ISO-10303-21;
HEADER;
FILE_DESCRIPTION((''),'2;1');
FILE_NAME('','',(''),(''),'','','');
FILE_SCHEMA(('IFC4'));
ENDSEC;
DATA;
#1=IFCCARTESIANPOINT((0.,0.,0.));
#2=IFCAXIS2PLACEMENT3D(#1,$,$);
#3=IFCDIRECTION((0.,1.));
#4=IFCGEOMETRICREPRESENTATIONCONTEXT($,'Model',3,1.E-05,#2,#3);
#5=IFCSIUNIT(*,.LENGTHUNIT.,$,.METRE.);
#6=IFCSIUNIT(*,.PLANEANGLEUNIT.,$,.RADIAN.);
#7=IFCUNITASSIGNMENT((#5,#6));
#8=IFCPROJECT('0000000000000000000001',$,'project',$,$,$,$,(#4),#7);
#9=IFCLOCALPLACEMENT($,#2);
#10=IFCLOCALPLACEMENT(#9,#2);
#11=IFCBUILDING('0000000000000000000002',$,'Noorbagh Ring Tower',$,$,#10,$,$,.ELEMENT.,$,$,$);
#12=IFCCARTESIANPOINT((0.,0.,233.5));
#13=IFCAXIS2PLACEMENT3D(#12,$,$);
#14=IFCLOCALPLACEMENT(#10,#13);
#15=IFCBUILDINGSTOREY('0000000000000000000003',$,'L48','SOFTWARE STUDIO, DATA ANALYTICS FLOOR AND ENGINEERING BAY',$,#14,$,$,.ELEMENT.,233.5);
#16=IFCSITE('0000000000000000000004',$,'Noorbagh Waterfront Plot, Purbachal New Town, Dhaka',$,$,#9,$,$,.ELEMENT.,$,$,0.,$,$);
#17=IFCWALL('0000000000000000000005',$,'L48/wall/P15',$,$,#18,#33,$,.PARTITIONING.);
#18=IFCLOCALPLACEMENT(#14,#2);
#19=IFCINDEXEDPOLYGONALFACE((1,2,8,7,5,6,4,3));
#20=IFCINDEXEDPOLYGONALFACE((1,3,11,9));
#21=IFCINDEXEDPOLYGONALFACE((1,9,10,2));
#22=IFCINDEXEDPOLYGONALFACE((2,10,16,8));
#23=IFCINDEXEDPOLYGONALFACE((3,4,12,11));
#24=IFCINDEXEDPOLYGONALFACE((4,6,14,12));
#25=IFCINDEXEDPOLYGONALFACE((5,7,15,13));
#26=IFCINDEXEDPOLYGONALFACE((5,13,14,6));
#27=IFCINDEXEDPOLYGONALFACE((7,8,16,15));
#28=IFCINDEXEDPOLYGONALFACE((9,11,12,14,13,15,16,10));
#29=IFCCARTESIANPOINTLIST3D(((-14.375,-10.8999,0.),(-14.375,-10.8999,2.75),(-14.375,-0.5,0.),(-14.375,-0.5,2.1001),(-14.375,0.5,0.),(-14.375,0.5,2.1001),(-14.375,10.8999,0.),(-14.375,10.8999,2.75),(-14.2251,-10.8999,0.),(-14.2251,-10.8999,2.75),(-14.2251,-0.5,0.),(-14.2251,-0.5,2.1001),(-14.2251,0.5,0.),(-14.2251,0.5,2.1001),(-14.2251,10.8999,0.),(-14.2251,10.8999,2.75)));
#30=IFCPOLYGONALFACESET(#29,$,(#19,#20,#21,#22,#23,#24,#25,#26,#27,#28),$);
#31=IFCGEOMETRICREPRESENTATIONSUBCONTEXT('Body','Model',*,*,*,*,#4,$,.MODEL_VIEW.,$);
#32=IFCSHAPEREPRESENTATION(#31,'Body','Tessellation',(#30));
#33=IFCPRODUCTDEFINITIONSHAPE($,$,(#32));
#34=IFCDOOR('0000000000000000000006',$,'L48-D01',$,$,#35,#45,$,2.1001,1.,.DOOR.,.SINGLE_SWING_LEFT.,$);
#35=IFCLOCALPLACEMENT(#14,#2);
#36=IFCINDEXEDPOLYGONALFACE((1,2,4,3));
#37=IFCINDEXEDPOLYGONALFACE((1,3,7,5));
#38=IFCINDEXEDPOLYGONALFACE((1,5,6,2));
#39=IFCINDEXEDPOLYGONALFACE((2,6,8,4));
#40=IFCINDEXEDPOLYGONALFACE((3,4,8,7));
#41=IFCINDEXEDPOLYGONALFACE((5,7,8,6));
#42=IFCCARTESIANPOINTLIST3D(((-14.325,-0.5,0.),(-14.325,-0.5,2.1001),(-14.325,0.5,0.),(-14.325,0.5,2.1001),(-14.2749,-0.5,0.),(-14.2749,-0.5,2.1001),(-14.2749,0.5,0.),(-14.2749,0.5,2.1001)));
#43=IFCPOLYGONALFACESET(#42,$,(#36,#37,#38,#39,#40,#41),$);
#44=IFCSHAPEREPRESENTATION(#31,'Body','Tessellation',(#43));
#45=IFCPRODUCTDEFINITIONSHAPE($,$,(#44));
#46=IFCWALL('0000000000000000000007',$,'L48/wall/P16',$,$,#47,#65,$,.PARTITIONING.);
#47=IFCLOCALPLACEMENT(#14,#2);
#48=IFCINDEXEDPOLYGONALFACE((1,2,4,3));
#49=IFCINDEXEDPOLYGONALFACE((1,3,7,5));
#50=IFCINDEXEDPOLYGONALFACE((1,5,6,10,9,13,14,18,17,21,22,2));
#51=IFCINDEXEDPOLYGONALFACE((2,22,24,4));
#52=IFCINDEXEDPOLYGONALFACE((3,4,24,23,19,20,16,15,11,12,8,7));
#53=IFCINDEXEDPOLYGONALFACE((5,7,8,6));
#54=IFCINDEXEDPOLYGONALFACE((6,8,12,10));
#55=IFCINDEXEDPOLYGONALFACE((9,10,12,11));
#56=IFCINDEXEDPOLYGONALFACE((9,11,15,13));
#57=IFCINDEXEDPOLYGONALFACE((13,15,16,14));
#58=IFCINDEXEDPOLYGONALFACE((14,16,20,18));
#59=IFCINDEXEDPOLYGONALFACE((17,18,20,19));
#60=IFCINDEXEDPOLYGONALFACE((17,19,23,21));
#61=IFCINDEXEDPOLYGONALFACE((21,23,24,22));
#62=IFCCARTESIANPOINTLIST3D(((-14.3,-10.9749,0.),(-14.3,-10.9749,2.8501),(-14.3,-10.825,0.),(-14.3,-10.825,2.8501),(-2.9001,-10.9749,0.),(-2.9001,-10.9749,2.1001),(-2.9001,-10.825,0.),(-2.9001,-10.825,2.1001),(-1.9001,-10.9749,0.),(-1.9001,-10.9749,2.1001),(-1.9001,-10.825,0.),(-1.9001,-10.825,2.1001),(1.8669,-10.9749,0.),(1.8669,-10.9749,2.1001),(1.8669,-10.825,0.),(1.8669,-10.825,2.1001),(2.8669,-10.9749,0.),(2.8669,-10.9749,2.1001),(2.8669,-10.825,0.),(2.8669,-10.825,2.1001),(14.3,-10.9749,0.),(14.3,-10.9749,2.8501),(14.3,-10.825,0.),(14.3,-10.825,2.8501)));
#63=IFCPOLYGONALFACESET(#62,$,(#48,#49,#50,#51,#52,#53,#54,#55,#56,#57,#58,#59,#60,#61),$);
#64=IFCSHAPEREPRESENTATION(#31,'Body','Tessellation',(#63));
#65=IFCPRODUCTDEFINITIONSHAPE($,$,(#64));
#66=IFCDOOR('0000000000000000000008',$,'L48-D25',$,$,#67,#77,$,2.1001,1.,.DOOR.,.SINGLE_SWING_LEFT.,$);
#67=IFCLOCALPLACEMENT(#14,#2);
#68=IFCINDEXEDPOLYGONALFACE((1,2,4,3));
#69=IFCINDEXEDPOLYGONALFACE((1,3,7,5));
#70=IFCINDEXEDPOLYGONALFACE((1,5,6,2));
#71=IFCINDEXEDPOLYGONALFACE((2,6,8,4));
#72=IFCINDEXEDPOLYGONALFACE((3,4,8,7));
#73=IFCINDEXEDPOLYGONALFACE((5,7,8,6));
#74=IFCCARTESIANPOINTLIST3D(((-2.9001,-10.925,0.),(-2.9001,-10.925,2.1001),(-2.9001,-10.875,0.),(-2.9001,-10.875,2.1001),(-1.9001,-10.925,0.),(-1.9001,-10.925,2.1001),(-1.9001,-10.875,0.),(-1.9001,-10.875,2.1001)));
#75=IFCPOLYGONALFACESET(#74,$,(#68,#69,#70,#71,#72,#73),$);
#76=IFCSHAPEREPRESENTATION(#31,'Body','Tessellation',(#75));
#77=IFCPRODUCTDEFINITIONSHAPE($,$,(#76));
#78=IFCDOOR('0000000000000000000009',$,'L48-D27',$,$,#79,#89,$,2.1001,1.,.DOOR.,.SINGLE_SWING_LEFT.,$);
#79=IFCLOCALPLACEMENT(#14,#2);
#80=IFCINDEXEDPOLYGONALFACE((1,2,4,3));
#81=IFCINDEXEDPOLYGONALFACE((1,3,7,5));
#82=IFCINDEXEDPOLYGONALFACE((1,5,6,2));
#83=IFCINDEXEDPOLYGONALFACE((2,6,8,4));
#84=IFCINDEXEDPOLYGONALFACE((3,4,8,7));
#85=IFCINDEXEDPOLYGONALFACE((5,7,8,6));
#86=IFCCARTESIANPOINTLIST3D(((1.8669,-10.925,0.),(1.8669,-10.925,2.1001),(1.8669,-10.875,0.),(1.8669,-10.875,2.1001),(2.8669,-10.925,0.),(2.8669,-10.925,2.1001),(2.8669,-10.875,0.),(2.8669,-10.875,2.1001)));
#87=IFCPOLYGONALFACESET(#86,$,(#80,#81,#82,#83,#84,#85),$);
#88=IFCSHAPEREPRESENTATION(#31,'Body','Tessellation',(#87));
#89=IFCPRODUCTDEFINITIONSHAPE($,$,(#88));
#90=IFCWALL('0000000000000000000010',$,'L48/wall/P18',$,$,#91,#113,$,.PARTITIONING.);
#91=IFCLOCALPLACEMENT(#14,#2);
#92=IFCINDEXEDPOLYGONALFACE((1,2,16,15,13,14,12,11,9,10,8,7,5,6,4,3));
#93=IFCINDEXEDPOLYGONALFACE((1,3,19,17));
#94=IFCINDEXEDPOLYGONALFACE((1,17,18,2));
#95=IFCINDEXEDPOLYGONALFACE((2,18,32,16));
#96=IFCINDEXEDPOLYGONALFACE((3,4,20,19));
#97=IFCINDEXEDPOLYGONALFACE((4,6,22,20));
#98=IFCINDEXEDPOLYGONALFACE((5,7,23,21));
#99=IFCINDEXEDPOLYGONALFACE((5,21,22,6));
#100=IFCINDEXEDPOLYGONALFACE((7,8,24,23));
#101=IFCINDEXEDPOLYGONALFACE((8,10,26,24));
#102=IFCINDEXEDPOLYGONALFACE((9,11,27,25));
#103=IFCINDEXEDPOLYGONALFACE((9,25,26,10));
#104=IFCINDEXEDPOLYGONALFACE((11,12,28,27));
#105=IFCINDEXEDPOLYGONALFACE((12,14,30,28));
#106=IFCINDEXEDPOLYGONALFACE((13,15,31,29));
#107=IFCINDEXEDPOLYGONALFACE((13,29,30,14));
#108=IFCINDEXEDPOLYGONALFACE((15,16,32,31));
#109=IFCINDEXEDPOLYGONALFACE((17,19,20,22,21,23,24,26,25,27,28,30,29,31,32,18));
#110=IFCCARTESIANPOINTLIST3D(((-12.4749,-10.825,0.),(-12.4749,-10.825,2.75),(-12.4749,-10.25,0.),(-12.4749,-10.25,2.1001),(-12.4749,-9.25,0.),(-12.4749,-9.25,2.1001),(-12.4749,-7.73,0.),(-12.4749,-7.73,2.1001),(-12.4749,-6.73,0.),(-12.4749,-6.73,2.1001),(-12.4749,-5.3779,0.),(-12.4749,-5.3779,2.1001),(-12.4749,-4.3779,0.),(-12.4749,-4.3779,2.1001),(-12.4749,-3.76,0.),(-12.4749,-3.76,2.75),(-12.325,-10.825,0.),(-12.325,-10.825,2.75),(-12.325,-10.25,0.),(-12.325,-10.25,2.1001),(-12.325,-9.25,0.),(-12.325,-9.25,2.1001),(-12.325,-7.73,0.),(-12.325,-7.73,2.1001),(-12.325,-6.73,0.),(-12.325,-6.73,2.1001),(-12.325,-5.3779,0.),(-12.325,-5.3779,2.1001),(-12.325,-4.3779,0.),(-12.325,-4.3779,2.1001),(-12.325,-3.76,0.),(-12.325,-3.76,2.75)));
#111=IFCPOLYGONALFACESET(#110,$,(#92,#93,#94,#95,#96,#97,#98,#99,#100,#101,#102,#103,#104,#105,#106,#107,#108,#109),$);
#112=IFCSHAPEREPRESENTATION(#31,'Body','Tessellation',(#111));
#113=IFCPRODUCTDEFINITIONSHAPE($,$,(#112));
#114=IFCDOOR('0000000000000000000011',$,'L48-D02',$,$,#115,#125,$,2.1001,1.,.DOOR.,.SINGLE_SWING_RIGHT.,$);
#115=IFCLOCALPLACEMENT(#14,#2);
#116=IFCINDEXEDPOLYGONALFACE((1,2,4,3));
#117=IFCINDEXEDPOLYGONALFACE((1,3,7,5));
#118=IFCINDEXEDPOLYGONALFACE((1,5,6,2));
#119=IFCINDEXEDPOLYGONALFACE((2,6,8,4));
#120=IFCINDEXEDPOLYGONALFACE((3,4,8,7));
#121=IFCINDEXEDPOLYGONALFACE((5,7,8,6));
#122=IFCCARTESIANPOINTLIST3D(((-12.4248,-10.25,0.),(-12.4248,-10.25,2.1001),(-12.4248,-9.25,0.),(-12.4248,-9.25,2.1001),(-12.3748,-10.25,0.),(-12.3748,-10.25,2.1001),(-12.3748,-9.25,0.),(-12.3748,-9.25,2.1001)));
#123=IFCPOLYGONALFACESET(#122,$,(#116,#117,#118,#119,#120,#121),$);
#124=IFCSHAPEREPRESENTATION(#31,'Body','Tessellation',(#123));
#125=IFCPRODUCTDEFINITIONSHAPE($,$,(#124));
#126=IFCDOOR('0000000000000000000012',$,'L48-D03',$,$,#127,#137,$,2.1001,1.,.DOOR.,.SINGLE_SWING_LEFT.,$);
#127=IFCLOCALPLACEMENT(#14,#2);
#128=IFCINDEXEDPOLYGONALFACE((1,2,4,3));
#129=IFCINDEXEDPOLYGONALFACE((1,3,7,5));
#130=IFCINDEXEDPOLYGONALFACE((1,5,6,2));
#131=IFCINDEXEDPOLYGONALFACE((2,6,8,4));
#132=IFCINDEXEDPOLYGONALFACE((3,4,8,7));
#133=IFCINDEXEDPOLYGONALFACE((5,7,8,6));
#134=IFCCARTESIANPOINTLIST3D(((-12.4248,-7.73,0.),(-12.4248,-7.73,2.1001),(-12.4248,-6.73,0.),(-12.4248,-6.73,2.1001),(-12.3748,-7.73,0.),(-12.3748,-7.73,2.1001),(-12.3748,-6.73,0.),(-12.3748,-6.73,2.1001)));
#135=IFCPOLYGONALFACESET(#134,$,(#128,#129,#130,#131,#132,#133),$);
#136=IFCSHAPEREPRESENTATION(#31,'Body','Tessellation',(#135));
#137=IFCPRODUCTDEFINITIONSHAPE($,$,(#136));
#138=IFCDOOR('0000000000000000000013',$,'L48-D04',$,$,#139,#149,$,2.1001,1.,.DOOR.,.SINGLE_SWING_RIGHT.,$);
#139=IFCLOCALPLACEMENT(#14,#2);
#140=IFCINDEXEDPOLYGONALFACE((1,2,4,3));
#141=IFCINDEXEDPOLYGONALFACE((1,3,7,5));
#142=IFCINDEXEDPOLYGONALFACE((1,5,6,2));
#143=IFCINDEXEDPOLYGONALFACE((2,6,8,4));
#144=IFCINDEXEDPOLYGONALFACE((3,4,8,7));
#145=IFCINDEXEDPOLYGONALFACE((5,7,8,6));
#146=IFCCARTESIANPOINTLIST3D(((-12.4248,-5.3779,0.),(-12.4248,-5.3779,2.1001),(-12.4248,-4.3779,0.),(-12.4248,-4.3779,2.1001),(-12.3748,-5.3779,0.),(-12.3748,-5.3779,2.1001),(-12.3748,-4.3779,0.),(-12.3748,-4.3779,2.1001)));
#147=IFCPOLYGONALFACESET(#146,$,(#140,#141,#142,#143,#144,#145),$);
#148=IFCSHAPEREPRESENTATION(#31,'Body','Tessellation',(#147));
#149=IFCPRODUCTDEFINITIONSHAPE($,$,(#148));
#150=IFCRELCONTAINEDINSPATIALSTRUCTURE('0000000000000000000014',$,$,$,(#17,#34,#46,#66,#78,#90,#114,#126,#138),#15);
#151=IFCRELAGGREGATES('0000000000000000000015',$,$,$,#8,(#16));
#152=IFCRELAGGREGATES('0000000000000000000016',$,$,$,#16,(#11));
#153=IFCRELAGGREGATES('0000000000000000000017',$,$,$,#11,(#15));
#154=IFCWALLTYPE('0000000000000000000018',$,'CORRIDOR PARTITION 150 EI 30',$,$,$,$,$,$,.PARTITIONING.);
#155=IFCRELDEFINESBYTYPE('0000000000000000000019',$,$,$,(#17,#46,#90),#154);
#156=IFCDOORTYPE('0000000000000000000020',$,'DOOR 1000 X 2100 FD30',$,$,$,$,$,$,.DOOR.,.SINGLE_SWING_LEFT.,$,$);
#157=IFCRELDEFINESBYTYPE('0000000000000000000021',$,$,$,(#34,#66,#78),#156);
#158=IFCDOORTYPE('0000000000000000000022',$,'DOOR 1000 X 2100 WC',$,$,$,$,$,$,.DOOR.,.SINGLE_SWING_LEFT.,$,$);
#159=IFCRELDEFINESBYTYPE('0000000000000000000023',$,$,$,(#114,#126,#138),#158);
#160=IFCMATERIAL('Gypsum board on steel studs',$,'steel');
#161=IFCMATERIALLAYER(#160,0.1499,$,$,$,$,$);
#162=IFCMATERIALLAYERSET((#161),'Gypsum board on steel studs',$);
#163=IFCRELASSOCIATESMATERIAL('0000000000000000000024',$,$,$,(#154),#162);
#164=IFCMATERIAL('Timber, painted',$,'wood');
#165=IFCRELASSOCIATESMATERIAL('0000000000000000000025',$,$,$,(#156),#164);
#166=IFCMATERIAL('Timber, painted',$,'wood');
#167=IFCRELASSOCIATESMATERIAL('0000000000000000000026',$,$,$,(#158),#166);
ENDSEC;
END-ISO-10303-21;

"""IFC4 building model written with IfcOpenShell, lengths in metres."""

from ifc_helpers import new_model, si_unit, direction, frame, frame_2d, origin, place, context, subcontext, project, spatial, rectangle, extrude, material, layer, layer_set, type_object, element, fill, save


model = new_model("IFC4")

# Units and contexts
model_context = context("Model", 3, precision=1e-05, world=origin(), true_north=direction((0.0, 1.0)))
body_context = subcontext(model_context, "Body", "Model", "MODEL_VIEW")
ifc_project = project(units=[si_unit("LENGTHUNIT", "METRE"), si_unit("PLANEANGLEUNIT", "RADIAN")], contexts=[model_context])

# Site, building, storey
site_placement = place(None, origin())
site = spatial("IfcSite", under=ifc_project, at=site_placement, Name="Noorbagh Waterfront Plot, Purbachal New Town, Dhaka", CompositionType="ELEMENT", RefElevation=0.0)
building_placement = place(site_placement, origin())
building = spatial("IfcBuilding", under=site, at=building_placement, Name="Noorbagh Ring Tower", CompositionType="ELEMENT")
storey_placement = place(building_placement, frame((0.0, 0.0, 233.5)))
storey = spatial("IfcBuildingStorey", under=building, at=storey_placement, Name="L48", Description="SOFTWARE STUDIO, DATA ANALYTICS FLOOR AND ENGINEERING BAY", CompositionType="ELEMENT", Elevation=233.5)

# Wall, opening, door
ifc_material_1 = material(Name="Gypsum board on steel studs", Category="steel")
ifc_layer_1 = layer(ifc_material_1, 0.1499)
ifc_layer_set_1 = layer_set([ifc_layer_1], Name="Gypsum board on steel studs")
wall_type_1 = type_object("IfcWallType", Name="CORRIDOR PARTITION 150 EI 30", PredefinedType="PARTITIONING", material=ifc_layer_set_1)
wall_1_placement = place(storey_placement, frame((-14.3, -10.8999, 0.0), z_axis=(0.0, 0.0, 1.0), x_axis=(0.0, 1.0, 0.0)))
wall_1 = element("IfcWall", 1, at=wall_1_placement, inside=storey, type_object=wall_type_1, Name="L48/wall/P15", PredefinedType="PARTITIONING", context=body_context, shape_type="SweptSolid", body=[
    extrude(rectangle(XDim=21.7998, YDim=0.1499, at=frame_2d((10.8999, 0.0))), origin(), (0.0, 0.0, 1.0), 2.75),
])
opening_1_placement = place(wall_1_placement, frame((10.3999, 0.0, 0.0)))
opening_1 = element("IfcOpeningElement", 2, at=opening_1_placement, cuts=wall_1, PredefinedType="OPENING", context=body_context, shape_type="SweptSolid", body=[
    extrude(rectangle(XDim=1.0, YDim=2.1001, at=frame_2d((0.5, 1.05))), frame((0.0, 0.085, 0.0), z_axis=(0.0, -1.0, 0.0), x_axis=(1.0, 0.0, 0.0)), (0.0, 0.0, 1.0), 0.1699),
])
ifc_material_2 = material(Name="Timber, painted", Category="wood")
door_type_1 = type_object("IfcDoorType", Name="DOOR 1000 X 2100 FD30", OperationType="SINGLE_SWING_LEFT", PredefinedType="DOOR", material=ifc_material_2)
door_1_placement = place(opening_1_placement, origin())
door_1 = element("IfcDoor", 3, at=door_1_placement, inside=storey, type_object=door_type_1, Name="L48-D01", OperationType="SINGLE_SWING_LEFT", OverallHeight=2.1001, OverallWidth=1.0, PredefinedType="DOOR", context=body_context, shape_type="SweptSolid", body=[
    extrude(rectangle(XDim=1.0, YDim=2.1001, at=frame_2d((0.5, 1.05))), frame((0.0, 0.0249, 0.0), z_axis=(0.0, -1.0, 0.0), x_axis=(1.0, 0.0, 0.0)), (0.0, 0.0, 1.0), 0.05),
])
fill(opening_1, door_1)

# Walls, openings, doors
wall_2_placement = place(storey_placement, frame((-14.3, -10.8999, 0.0), z_axis=(0.0, 0.0, 1.0), x_axis=(1.0, 0.0, 0.0)))
wall_2 = element("IfcWall", 4, at=wall_2_placement, inside=storey, type_object=wall_type_1, Name="L48/wall/P16", PredefinedType="PARTITIONING", context=body_context, shape_type="SweptSolid", body=[
    extrude(rectangle(XDim=28.6001, YDim=0.1499, at=frame_2d((14.3, 0.0))), origin(), (0.0, 0.0, 1.0), 2.8501),
])
opening_2_placement = place(wall_2_placement, frame((11.3999, 0.0, 0.0)))
opening_2 = element("IfcOpeningElement", 5, at=opening_2_placement, cuts=wall_2, PredefinedType="OPENING", context=body_context, shape_type="SweptSolid", body=[
    extrude(rectangle(XDim=1.0, YDim=2.1001, at=frame_2d((0.5, 1.05))), frame((0.0, 0.085, 0.0), z_axis=(0.0, -1.0, 0.0), x_axis=(1.0, 0.0, 0.0)), (0.0, 0.0, 1.0), 0.1699),
])
opening_3_placement = place(wall_2_placement, frame((16.167, 0.0, 0.0)))
opening_3 = element("IfcOpeningElement", 6, at=opening_3_placement, cuts=wall_2, PredefinedType="OPENING", context=body_context, shape_type="SweptSolid", body=[
    extrude(rectangle(XDim=1.0, YDim=2.1001, at=frame_2d((0.5, 1.05))), frame((0.0, 0.085, 0.0), z_axis=(0.0, -1.0, 0.0), x_axis=(1.0, 0.0, 0.0)), (0.0, 0.0, 1.0), 0.1699),
])
door_2_placement = place(opening_2_placement, origin())
door_2 = element("IfcDoor", 7, at=door_2_placement, inside=storey, type_object=door_type_1, Name="L48-D25", OperationType="SINGLE_SWING_LEFT", OverallHeight=2.1001, OverallWidth=1.0, PredefinedType="DOOR", context=body_context, shape_type="SweptSolid", body=[
    extrude(rectangle(XDim=1.0, YDim=2.1001, at=frame_2d((0.5, 1.05))), frame((0.0, 0.0249, 0.0), z_axis=(0.0, -1.0, 0.0), x_axis=(1.0, 0.0, 0.0)), (0.0, 0.0, 1.0), 0.05),
])
fill(opening_2, door_2)
door_3_placement = place(opening_3_placement, origin())
door_3 = element("IfcDoor", 8, at=door_3_placement, inside=storey, type_object=door_type_1, Name="L48-D27", OperationType="SINGLE_SWING_LEFT", OverallHeight=2.1001, OverallWidth=1.0, PredefinedType="DOOR", context=body_context, shape_type="SweptSolid", body=[
    extrude(rectangle(XDim=1.0, YDim=2.1001, at=frame_2d((0.5, 1.05))), frame((0.0, 0.0249, 0.0), z_axis=(0.0, -1.0, 0.0), x_axis=(1.0, 0.0, 0.0)), (0.0, 0.0, 1.0), 0.05),
])
fill(opening_3, door_3)
wall_3_placement = place(storey_placement, frame((-12.3999, -10.825, 0.0), z_axis=(0.0, 0.0, 1.0), x_axis=(0.0, 1.0, 0.0)))
wall_3 = element("IfcWall", 9, at=wall_3_placement, inside=storey, type_object=wall_type_1, Name="L48/wall/P18", PredefinedType="PARTITIONING", context=body_context, shape_type="SweptSolid", body=[
    extrude(rectangle(XDim=7.0649, YDim=0.1499, at=frame_2d((3.5325, 0.0))), origin(), (0.0, 0.0, 1.0), 2.75),
])
opening_4_placement = place(wall_3_placement, frame((0.575, 0.0, 0.0)))
opening_4 = element("IfcOpeningElement", 10, at=opening_4_placement, cuts=wall_3, PredefinedType="OPENING", context=body_context, shape_type="SweptSolid", body=[
    extrude(rectangle(XDim=1.0, YDim=2.1001, at=frame_2d((0.5, 1.05))), frame((0.0, 0.085, 0.0), z_axis=(0.0, -1.0, 0.0), x_axis=(1.0, 0.0, 0.0)), (0.0, 0.0, 1.0), 0.1699),
])
opening_5_placement = place(wall_3_placement, frame((3.095, 0.0, 0.0)))
opening_5 = element("IfcOpeningElement", 11, at=opening_5_placement, cuts=wall_3, PredefinedType="OPENING", context=body_context, shape_type="SweptSolid", body=[
    extrude(rectangle(XDim=1.0, YDim=2.1001, at=frame_2d((0.5, 1.05))), frame((0.0, 0.085, 0.0), z_axis=(0.0, -1.0, 0.0), x_axis=(1.0, 0.0, 0.0)), (0.0, 0.0, 1.0), 0.1699),
])
opening_6_placement = place(wall_3_placement, frame((5.447, 0.0, 0.0)))
opening_6 = element("IfcOpeningElement", 12, at=opening_6_placement, cuts=wall_3, PredefinedType="OPENING", context=body_context, shape_type="SweptSolid", body=[
    extrude(rectangle(XDim=1.0, YDim=2.1001, at=frame_2d((0.5, 1.05))), frame((0.0, 0.085, 0.0), z_axis=(0.0, -1.0, 0.0), x_axis=(1.0, 0.0, 0.0)), (0.0, 0.0, 1.0), 0.1699),
])
ifc_material_3 = material(Name="Timber, painted", Category="wood")
door_type_2 = type_object("IfcDoorType", Name="DOOR 1000 X 2100 WC", OperationType="SINGLE_SWING_LEFT", PredefinedType="DOOR", material=ifc_material_3)
door_4_placement = place(opening_4_placement, origin())
door_4 = element("IfcDoor", 13, at=door_4_placement, inside=storey, type_object=door_type_2, Name="L48-D02", OperationType="SINGLE_SWING_RIGHT", OverallHeight=2.1001, OverallWidth=1.0, PredefinedType="DOOR", context=body_context, shape_type="SweptSolid", body=[
    extrude(rectangle(XDim=1.0, YDim=2.1001, at=frame_2d((0.5, 1.05))), frame((0.0, 0.0249, 0.0), z_axis=(0.0, -1.0, 0.0), x_axis=(1.0, 0.0, 0.0)), (0.0, 0.0, 1.0), 0.05),
])
fill(opening_4, door_4)
door_5_placement = place(opening_5_placement, origin())
door_5 = element("IfcDoor", 14, at=door_5_placement, inside=storey, type_object=door_type_2, Name="L48-D03", OperationType="SINGLE_SWING_LEFT", OverallHeight=2.1001, OverallWidth=1.0, PredefinedType="DOOR", context=body_context, shape_type="SweptSolid", body=[
    extrude(rectangle(XDim=1.0, YDim=2.1001, at=frame_2d((0.5, 1.05))), frame((0.0, 0.0249, 0.0), z_axis=(0.0, -1.0, 0.0), x_axis=(1.0, 0.0, 0.0)), (0.0, 0.0, 1.0), 0.05),
])
fill(opening_5, door_5)
door_6_placement = place(opening_6_placement, origin())
door_6 = element("IfcDoor", 15, at=door_6_placement, inside=storey, type_object=door_type_2, Name="L48-D04", OperationType="SINGLE_SWING_RIGHT", OverallHeight=2.1001, OverallWidth=1.0, PredefinedType="DOOR", context=body_context, shape_type="SweptSolid", body=[
    extrude(rectangle(XDim=1.0, YDim=2.1001, at=frame_2d((0.5, 1.05))), frame((0.0, 0.0249, 0.0), z_axis=(0.0, -1.0, 0.0), x_axis=(1.0, 0.0, 0.0)), (0.0, 0.0, 1.0), 0.05),
])
fill(opening_6, door_6)

save(model, "model.ifc")
